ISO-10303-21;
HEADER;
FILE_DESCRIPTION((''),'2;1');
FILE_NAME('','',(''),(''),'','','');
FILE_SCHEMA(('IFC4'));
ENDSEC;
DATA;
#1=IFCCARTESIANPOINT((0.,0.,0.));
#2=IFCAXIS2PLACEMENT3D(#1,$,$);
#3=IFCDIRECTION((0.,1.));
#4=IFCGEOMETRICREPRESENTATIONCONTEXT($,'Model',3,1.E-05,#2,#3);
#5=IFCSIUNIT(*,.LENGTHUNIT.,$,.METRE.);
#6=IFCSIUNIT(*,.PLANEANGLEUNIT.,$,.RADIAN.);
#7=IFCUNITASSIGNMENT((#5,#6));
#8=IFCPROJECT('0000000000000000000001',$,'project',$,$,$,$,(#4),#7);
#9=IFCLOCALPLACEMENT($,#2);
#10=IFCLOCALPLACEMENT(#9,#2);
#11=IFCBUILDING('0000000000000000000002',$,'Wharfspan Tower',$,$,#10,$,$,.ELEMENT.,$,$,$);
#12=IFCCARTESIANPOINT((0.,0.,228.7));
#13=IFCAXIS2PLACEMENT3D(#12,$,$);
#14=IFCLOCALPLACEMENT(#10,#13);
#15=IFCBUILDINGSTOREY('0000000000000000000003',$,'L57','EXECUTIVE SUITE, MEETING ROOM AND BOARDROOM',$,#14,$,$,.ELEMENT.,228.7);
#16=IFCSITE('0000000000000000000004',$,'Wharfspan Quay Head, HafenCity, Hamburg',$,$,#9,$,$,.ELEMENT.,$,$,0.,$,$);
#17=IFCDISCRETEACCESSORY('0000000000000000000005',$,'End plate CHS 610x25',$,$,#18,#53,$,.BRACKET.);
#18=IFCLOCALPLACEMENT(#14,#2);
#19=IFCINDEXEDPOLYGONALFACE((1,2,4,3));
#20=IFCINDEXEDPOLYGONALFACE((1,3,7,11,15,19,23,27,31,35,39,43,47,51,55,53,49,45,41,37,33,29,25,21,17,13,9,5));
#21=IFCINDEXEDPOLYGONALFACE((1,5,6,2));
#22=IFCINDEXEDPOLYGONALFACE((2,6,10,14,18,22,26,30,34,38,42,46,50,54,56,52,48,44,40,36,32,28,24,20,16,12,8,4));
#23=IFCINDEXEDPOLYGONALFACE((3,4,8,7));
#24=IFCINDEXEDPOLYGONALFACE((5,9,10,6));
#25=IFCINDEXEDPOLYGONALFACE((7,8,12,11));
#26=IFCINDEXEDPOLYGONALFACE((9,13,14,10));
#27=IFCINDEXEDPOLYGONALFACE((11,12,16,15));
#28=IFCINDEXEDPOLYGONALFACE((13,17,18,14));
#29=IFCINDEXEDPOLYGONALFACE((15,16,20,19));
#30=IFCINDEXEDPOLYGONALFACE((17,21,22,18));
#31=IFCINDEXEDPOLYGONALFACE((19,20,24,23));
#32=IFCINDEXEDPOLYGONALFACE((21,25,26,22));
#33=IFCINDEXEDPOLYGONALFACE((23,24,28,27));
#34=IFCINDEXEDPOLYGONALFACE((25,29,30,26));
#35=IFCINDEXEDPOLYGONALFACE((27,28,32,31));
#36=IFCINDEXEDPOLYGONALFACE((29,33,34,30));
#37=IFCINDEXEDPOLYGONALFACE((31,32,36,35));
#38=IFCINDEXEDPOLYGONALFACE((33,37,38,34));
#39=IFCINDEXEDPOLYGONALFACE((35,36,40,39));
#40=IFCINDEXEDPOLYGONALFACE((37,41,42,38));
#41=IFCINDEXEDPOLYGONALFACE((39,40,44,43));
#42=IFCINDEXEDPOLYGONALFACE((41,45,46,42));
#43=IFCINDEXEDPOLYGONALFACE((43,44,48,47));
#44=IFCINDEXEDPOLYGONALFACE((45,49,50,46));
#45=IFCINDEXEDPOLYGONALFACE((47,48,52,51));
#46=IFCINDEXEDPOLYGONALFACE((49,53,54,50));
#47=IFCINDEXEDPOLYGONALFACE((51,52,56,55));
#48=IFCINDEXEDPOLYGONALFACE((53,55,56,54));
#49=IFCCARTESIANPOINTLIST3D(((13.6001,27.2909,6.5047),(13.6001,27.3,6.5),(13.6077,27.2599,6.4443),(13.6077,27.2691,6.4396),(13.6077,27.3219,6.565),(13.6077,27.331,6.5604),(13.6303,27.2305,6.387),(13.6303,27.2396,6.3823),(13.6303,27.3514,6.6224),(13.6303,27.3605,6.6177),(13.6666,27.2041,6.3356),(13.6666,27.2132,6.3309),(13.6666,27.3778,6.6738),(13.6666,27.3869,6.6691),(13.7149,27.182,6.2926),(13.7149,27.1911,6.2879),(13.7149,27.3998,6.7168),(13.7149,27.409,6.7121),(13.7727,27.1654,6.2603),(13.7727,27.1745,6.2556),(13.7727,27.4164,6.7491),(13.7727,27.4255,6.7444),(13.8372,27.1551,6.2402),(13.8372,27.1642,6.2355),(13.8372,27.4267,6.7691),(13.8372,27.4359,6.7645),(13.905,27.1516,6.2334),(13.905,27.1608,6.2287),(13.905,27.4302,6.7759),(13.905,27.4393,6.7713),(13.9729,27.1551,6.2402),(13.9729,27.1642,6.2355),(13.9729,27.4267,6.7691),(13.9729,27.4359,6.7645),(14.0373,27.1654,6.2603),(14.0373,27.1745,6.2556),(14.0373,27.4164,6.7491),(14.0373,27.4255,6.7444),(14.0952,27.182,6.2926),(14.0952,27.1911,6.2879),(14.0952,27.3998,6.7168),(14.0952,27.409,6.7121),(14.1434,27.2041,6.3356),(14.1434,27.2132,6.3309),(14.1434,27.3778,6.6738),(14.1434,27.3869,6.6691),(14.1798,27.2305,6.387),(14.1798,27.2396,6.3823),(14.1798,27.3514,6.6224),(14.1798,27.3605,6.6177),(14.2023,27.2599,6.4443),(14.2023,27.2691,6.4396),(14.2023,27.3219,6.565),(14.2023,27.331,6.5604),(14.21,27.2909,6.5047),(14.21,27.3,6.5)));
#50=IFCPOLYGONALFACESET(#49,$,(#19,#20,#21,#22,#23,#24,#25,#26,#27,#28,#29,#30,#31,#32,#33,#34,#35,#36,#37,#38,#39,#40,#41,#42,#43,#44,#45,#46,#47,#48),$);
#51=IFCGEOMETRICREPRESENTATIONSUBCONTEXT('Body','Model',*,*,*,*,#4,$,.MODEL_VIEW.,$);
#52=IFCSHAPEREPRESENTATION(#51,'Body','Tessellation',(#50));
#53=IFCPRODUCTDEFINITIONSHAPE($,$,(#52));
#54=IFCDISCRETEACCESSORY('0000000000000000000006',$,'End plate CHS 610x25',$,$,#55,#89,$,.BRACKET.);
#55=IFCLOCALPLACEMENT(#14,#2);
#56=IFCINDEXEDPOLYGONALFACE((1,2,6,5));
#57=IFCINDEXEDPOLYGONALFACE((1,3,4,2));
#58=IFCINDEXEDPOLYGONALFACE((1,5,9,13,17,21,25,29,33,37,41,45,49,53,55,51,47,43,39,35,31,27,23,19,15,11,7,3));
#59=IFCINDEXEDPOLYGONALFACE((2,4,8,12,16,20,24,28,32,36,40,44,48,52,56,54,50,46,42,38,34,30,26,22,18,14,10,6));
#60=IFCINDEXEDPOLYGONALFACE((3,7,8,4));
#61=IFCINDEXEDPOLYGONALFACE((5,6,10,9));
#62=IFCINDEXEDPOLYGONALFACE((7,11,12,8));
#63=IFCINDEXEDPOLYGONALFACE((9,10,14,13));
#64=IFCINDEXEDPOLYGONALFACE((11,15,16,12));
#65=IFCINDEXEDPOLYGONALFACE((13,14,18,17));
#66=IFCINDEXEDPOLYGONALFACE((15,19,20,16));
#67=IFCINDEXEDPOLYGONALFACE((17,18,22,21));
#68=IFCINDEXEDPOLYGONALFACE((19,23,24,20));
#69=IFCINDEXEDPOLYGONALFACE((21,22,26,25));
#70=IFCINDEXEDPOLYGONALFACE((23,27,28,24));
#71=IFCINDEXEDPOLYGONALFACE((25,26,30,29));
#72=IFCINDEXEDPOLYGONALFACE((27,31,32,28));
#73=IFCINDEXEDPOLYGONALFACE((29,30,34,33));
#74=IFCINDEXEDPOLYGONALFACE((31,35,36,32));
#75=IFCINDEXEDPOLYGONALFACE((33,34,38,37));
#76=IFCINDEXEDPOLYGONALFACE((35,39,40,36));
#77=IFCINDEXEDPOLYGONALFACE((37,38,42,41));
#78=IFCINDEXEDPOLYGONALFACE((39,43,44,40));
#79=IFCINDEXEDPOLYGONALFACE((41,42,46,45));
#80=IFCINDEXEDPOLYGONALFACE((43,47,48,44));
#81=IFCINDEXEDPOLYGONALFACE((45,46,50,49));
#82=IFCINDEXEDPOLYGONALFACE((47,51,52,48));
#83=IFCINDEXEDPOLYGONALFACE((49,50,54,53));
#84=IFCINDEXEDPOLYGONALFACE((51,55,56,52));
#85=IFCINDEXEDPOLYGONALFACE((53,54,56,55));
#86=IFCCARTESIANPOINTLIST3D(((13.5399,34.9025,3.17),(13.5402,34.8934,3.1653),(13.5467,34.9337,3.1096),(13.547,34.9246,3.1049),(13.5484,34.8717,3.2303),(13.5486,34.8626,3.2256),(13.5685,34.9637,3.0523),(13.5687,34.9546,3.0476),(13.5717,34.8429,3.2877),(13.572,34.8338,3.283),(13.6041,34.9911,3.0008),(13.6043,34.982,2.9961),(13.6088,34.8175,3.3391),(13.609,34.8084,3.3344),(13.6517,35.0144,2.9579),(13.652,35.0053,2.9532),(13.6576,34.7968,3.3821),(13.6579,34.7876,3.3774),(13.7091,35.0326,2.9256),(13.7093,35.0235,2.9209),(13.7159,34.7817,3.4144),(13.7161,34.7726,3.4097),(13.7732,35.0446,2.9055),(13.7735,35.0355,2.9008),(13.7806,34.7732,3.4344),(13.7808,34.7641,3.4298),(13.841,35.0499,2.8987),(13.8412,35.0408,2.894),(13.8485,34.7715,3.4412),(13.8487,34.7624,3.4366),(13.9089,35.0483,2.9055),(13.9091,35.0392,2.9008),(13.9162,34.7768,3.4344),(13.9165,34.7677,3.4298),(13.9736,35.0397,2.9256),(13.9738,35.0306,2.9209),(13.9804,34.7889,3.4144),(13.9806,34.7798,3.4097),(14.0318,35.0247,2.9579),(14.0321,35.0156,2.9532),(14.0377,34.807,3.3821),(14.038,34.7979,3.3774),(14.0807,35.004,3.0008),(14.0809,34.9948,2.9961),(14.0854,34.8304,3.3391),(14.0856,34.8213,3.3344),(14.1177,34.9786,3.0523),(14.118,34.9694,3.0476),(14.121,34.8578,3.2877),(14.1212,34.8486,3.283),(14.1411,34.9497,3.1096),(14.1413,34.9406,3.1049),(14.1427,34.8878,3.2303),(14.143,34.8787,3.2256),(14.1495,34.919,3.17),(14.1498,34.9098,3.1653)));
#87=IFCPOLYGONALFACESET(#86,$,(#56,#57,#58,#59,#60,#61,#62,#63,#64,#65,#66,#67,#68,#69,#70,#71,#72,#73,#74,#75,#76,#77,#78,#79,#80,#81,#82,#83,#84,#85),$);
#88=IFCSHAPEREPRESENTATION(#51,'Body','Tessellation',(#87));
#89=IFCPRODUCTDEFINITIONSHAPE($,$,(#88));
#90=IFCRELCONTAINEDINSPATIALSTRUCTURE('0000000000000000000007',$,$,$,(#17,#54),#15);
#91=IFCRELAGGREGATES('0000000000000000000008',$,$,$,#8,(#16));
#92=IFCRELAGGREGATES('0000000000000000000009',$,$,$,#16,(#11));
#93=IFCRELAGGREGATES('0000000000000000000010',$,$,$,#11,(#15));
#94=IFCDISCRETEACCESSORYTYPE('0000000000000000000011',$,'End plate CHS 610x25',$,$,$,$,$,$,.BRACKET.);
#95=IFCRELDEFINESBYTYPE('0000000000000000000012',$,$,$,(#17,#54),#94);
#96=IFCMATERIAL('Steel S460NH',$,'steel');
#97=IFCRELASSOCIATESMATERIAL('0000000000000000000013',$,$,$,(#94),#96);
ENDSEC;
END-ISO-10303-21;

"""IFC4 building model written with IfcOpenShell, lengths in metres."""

from ifc_helpers import new_model, si_unit, direction, frame, origin, origin_2d, place, context, subcontext, project, spatial, circle, extrude, material, material_profile, profile_set, type_object, element, save


model = new_model("IFC4")

# Units and contexts
model_context = context("Model", 3, precision=1e-05, world=origin(), true_north=direction((0.0, 1.0)))
body_context = subcontext(model_context, "Body", "Model", "MODEL_VIEW")
ifc_project = project(units=[si_unit("LENGTHUNIT", "METRE"), si_unit("PLANEANGLEUNIT", "RADIAN")], contexts=[model_context])

# Site, building, storey
site_placement = place(None, origin())
site = spatial("IfcSite", under=ifc_project, at=site_placement, Name="Wharfspan Quay Head, HafenCity, Hamburg", CompositionType="ELEMENT", RefElevation=0.0)
building_placement = place(site_placement, origin())
building = spatial("IfcBuilding", under=site, at=building_placement, Name="Wharfspan Tower", CompositionType="ELEMENT")
storey_placement = place(building_placement, frame((0.0, 0.0, 228.7)))
storey = spatial("IfcBuildingStorey", under=building, at=storey_placement, Name="L57", Description="EXECUTIVE SUITE, MEETING ROOM AND BOARDROOM", CompositionType="ELEMENT", Elevation=228.7)

# Shared definitions
ifc_material_1 = material(Name="Steel S460NH", Category="steel")

# Discrete accessories
ifc_material_profile_1 = material_profile(ifc_material_1, circle(Radius=0.3049, at=origin_2d()))
ifc_profile_set_1 = profile_set([ifc_material_profile_1], Name="Steel S460NH")
discrete_accessory_type = type_object("IfcDiscreteAccessoryType", Name="End plate CHS 610x25", PredefinedType="BRACKET", material=ifc_profile_set_1)
for number, where, z_axis, x_axis, name in (
    (1, (13.905, 27.3, 6.5), (0.0, -0.889567, 0.456805), (1.0, 0.0, 0.0), "End plate CHS 610x25"),
    (2, (13.845, 34.9016, 3.1653), (-0.024035, 0.88931, 0.456673), (-0.999631, -0.027015, -0.000003), "End plate CHS 610x25"),
):
    element("IfcDiscreteAccessory", number, at=place(storey_placement, frame(where, z_axis=z_axis, x_axis=x_axis)), inside=storey, type_object=discrete_accessory_type, Name=name, PredefinedType="BRACKET", context=body_context, shape_type="SweptSolid", body=[
        extrude(circle(Radius=0.3049, at=origin_2d()), origin(), (0.0, 0.0, 1.0), 0.0103),
    ])

save(model, "model.ifc")
